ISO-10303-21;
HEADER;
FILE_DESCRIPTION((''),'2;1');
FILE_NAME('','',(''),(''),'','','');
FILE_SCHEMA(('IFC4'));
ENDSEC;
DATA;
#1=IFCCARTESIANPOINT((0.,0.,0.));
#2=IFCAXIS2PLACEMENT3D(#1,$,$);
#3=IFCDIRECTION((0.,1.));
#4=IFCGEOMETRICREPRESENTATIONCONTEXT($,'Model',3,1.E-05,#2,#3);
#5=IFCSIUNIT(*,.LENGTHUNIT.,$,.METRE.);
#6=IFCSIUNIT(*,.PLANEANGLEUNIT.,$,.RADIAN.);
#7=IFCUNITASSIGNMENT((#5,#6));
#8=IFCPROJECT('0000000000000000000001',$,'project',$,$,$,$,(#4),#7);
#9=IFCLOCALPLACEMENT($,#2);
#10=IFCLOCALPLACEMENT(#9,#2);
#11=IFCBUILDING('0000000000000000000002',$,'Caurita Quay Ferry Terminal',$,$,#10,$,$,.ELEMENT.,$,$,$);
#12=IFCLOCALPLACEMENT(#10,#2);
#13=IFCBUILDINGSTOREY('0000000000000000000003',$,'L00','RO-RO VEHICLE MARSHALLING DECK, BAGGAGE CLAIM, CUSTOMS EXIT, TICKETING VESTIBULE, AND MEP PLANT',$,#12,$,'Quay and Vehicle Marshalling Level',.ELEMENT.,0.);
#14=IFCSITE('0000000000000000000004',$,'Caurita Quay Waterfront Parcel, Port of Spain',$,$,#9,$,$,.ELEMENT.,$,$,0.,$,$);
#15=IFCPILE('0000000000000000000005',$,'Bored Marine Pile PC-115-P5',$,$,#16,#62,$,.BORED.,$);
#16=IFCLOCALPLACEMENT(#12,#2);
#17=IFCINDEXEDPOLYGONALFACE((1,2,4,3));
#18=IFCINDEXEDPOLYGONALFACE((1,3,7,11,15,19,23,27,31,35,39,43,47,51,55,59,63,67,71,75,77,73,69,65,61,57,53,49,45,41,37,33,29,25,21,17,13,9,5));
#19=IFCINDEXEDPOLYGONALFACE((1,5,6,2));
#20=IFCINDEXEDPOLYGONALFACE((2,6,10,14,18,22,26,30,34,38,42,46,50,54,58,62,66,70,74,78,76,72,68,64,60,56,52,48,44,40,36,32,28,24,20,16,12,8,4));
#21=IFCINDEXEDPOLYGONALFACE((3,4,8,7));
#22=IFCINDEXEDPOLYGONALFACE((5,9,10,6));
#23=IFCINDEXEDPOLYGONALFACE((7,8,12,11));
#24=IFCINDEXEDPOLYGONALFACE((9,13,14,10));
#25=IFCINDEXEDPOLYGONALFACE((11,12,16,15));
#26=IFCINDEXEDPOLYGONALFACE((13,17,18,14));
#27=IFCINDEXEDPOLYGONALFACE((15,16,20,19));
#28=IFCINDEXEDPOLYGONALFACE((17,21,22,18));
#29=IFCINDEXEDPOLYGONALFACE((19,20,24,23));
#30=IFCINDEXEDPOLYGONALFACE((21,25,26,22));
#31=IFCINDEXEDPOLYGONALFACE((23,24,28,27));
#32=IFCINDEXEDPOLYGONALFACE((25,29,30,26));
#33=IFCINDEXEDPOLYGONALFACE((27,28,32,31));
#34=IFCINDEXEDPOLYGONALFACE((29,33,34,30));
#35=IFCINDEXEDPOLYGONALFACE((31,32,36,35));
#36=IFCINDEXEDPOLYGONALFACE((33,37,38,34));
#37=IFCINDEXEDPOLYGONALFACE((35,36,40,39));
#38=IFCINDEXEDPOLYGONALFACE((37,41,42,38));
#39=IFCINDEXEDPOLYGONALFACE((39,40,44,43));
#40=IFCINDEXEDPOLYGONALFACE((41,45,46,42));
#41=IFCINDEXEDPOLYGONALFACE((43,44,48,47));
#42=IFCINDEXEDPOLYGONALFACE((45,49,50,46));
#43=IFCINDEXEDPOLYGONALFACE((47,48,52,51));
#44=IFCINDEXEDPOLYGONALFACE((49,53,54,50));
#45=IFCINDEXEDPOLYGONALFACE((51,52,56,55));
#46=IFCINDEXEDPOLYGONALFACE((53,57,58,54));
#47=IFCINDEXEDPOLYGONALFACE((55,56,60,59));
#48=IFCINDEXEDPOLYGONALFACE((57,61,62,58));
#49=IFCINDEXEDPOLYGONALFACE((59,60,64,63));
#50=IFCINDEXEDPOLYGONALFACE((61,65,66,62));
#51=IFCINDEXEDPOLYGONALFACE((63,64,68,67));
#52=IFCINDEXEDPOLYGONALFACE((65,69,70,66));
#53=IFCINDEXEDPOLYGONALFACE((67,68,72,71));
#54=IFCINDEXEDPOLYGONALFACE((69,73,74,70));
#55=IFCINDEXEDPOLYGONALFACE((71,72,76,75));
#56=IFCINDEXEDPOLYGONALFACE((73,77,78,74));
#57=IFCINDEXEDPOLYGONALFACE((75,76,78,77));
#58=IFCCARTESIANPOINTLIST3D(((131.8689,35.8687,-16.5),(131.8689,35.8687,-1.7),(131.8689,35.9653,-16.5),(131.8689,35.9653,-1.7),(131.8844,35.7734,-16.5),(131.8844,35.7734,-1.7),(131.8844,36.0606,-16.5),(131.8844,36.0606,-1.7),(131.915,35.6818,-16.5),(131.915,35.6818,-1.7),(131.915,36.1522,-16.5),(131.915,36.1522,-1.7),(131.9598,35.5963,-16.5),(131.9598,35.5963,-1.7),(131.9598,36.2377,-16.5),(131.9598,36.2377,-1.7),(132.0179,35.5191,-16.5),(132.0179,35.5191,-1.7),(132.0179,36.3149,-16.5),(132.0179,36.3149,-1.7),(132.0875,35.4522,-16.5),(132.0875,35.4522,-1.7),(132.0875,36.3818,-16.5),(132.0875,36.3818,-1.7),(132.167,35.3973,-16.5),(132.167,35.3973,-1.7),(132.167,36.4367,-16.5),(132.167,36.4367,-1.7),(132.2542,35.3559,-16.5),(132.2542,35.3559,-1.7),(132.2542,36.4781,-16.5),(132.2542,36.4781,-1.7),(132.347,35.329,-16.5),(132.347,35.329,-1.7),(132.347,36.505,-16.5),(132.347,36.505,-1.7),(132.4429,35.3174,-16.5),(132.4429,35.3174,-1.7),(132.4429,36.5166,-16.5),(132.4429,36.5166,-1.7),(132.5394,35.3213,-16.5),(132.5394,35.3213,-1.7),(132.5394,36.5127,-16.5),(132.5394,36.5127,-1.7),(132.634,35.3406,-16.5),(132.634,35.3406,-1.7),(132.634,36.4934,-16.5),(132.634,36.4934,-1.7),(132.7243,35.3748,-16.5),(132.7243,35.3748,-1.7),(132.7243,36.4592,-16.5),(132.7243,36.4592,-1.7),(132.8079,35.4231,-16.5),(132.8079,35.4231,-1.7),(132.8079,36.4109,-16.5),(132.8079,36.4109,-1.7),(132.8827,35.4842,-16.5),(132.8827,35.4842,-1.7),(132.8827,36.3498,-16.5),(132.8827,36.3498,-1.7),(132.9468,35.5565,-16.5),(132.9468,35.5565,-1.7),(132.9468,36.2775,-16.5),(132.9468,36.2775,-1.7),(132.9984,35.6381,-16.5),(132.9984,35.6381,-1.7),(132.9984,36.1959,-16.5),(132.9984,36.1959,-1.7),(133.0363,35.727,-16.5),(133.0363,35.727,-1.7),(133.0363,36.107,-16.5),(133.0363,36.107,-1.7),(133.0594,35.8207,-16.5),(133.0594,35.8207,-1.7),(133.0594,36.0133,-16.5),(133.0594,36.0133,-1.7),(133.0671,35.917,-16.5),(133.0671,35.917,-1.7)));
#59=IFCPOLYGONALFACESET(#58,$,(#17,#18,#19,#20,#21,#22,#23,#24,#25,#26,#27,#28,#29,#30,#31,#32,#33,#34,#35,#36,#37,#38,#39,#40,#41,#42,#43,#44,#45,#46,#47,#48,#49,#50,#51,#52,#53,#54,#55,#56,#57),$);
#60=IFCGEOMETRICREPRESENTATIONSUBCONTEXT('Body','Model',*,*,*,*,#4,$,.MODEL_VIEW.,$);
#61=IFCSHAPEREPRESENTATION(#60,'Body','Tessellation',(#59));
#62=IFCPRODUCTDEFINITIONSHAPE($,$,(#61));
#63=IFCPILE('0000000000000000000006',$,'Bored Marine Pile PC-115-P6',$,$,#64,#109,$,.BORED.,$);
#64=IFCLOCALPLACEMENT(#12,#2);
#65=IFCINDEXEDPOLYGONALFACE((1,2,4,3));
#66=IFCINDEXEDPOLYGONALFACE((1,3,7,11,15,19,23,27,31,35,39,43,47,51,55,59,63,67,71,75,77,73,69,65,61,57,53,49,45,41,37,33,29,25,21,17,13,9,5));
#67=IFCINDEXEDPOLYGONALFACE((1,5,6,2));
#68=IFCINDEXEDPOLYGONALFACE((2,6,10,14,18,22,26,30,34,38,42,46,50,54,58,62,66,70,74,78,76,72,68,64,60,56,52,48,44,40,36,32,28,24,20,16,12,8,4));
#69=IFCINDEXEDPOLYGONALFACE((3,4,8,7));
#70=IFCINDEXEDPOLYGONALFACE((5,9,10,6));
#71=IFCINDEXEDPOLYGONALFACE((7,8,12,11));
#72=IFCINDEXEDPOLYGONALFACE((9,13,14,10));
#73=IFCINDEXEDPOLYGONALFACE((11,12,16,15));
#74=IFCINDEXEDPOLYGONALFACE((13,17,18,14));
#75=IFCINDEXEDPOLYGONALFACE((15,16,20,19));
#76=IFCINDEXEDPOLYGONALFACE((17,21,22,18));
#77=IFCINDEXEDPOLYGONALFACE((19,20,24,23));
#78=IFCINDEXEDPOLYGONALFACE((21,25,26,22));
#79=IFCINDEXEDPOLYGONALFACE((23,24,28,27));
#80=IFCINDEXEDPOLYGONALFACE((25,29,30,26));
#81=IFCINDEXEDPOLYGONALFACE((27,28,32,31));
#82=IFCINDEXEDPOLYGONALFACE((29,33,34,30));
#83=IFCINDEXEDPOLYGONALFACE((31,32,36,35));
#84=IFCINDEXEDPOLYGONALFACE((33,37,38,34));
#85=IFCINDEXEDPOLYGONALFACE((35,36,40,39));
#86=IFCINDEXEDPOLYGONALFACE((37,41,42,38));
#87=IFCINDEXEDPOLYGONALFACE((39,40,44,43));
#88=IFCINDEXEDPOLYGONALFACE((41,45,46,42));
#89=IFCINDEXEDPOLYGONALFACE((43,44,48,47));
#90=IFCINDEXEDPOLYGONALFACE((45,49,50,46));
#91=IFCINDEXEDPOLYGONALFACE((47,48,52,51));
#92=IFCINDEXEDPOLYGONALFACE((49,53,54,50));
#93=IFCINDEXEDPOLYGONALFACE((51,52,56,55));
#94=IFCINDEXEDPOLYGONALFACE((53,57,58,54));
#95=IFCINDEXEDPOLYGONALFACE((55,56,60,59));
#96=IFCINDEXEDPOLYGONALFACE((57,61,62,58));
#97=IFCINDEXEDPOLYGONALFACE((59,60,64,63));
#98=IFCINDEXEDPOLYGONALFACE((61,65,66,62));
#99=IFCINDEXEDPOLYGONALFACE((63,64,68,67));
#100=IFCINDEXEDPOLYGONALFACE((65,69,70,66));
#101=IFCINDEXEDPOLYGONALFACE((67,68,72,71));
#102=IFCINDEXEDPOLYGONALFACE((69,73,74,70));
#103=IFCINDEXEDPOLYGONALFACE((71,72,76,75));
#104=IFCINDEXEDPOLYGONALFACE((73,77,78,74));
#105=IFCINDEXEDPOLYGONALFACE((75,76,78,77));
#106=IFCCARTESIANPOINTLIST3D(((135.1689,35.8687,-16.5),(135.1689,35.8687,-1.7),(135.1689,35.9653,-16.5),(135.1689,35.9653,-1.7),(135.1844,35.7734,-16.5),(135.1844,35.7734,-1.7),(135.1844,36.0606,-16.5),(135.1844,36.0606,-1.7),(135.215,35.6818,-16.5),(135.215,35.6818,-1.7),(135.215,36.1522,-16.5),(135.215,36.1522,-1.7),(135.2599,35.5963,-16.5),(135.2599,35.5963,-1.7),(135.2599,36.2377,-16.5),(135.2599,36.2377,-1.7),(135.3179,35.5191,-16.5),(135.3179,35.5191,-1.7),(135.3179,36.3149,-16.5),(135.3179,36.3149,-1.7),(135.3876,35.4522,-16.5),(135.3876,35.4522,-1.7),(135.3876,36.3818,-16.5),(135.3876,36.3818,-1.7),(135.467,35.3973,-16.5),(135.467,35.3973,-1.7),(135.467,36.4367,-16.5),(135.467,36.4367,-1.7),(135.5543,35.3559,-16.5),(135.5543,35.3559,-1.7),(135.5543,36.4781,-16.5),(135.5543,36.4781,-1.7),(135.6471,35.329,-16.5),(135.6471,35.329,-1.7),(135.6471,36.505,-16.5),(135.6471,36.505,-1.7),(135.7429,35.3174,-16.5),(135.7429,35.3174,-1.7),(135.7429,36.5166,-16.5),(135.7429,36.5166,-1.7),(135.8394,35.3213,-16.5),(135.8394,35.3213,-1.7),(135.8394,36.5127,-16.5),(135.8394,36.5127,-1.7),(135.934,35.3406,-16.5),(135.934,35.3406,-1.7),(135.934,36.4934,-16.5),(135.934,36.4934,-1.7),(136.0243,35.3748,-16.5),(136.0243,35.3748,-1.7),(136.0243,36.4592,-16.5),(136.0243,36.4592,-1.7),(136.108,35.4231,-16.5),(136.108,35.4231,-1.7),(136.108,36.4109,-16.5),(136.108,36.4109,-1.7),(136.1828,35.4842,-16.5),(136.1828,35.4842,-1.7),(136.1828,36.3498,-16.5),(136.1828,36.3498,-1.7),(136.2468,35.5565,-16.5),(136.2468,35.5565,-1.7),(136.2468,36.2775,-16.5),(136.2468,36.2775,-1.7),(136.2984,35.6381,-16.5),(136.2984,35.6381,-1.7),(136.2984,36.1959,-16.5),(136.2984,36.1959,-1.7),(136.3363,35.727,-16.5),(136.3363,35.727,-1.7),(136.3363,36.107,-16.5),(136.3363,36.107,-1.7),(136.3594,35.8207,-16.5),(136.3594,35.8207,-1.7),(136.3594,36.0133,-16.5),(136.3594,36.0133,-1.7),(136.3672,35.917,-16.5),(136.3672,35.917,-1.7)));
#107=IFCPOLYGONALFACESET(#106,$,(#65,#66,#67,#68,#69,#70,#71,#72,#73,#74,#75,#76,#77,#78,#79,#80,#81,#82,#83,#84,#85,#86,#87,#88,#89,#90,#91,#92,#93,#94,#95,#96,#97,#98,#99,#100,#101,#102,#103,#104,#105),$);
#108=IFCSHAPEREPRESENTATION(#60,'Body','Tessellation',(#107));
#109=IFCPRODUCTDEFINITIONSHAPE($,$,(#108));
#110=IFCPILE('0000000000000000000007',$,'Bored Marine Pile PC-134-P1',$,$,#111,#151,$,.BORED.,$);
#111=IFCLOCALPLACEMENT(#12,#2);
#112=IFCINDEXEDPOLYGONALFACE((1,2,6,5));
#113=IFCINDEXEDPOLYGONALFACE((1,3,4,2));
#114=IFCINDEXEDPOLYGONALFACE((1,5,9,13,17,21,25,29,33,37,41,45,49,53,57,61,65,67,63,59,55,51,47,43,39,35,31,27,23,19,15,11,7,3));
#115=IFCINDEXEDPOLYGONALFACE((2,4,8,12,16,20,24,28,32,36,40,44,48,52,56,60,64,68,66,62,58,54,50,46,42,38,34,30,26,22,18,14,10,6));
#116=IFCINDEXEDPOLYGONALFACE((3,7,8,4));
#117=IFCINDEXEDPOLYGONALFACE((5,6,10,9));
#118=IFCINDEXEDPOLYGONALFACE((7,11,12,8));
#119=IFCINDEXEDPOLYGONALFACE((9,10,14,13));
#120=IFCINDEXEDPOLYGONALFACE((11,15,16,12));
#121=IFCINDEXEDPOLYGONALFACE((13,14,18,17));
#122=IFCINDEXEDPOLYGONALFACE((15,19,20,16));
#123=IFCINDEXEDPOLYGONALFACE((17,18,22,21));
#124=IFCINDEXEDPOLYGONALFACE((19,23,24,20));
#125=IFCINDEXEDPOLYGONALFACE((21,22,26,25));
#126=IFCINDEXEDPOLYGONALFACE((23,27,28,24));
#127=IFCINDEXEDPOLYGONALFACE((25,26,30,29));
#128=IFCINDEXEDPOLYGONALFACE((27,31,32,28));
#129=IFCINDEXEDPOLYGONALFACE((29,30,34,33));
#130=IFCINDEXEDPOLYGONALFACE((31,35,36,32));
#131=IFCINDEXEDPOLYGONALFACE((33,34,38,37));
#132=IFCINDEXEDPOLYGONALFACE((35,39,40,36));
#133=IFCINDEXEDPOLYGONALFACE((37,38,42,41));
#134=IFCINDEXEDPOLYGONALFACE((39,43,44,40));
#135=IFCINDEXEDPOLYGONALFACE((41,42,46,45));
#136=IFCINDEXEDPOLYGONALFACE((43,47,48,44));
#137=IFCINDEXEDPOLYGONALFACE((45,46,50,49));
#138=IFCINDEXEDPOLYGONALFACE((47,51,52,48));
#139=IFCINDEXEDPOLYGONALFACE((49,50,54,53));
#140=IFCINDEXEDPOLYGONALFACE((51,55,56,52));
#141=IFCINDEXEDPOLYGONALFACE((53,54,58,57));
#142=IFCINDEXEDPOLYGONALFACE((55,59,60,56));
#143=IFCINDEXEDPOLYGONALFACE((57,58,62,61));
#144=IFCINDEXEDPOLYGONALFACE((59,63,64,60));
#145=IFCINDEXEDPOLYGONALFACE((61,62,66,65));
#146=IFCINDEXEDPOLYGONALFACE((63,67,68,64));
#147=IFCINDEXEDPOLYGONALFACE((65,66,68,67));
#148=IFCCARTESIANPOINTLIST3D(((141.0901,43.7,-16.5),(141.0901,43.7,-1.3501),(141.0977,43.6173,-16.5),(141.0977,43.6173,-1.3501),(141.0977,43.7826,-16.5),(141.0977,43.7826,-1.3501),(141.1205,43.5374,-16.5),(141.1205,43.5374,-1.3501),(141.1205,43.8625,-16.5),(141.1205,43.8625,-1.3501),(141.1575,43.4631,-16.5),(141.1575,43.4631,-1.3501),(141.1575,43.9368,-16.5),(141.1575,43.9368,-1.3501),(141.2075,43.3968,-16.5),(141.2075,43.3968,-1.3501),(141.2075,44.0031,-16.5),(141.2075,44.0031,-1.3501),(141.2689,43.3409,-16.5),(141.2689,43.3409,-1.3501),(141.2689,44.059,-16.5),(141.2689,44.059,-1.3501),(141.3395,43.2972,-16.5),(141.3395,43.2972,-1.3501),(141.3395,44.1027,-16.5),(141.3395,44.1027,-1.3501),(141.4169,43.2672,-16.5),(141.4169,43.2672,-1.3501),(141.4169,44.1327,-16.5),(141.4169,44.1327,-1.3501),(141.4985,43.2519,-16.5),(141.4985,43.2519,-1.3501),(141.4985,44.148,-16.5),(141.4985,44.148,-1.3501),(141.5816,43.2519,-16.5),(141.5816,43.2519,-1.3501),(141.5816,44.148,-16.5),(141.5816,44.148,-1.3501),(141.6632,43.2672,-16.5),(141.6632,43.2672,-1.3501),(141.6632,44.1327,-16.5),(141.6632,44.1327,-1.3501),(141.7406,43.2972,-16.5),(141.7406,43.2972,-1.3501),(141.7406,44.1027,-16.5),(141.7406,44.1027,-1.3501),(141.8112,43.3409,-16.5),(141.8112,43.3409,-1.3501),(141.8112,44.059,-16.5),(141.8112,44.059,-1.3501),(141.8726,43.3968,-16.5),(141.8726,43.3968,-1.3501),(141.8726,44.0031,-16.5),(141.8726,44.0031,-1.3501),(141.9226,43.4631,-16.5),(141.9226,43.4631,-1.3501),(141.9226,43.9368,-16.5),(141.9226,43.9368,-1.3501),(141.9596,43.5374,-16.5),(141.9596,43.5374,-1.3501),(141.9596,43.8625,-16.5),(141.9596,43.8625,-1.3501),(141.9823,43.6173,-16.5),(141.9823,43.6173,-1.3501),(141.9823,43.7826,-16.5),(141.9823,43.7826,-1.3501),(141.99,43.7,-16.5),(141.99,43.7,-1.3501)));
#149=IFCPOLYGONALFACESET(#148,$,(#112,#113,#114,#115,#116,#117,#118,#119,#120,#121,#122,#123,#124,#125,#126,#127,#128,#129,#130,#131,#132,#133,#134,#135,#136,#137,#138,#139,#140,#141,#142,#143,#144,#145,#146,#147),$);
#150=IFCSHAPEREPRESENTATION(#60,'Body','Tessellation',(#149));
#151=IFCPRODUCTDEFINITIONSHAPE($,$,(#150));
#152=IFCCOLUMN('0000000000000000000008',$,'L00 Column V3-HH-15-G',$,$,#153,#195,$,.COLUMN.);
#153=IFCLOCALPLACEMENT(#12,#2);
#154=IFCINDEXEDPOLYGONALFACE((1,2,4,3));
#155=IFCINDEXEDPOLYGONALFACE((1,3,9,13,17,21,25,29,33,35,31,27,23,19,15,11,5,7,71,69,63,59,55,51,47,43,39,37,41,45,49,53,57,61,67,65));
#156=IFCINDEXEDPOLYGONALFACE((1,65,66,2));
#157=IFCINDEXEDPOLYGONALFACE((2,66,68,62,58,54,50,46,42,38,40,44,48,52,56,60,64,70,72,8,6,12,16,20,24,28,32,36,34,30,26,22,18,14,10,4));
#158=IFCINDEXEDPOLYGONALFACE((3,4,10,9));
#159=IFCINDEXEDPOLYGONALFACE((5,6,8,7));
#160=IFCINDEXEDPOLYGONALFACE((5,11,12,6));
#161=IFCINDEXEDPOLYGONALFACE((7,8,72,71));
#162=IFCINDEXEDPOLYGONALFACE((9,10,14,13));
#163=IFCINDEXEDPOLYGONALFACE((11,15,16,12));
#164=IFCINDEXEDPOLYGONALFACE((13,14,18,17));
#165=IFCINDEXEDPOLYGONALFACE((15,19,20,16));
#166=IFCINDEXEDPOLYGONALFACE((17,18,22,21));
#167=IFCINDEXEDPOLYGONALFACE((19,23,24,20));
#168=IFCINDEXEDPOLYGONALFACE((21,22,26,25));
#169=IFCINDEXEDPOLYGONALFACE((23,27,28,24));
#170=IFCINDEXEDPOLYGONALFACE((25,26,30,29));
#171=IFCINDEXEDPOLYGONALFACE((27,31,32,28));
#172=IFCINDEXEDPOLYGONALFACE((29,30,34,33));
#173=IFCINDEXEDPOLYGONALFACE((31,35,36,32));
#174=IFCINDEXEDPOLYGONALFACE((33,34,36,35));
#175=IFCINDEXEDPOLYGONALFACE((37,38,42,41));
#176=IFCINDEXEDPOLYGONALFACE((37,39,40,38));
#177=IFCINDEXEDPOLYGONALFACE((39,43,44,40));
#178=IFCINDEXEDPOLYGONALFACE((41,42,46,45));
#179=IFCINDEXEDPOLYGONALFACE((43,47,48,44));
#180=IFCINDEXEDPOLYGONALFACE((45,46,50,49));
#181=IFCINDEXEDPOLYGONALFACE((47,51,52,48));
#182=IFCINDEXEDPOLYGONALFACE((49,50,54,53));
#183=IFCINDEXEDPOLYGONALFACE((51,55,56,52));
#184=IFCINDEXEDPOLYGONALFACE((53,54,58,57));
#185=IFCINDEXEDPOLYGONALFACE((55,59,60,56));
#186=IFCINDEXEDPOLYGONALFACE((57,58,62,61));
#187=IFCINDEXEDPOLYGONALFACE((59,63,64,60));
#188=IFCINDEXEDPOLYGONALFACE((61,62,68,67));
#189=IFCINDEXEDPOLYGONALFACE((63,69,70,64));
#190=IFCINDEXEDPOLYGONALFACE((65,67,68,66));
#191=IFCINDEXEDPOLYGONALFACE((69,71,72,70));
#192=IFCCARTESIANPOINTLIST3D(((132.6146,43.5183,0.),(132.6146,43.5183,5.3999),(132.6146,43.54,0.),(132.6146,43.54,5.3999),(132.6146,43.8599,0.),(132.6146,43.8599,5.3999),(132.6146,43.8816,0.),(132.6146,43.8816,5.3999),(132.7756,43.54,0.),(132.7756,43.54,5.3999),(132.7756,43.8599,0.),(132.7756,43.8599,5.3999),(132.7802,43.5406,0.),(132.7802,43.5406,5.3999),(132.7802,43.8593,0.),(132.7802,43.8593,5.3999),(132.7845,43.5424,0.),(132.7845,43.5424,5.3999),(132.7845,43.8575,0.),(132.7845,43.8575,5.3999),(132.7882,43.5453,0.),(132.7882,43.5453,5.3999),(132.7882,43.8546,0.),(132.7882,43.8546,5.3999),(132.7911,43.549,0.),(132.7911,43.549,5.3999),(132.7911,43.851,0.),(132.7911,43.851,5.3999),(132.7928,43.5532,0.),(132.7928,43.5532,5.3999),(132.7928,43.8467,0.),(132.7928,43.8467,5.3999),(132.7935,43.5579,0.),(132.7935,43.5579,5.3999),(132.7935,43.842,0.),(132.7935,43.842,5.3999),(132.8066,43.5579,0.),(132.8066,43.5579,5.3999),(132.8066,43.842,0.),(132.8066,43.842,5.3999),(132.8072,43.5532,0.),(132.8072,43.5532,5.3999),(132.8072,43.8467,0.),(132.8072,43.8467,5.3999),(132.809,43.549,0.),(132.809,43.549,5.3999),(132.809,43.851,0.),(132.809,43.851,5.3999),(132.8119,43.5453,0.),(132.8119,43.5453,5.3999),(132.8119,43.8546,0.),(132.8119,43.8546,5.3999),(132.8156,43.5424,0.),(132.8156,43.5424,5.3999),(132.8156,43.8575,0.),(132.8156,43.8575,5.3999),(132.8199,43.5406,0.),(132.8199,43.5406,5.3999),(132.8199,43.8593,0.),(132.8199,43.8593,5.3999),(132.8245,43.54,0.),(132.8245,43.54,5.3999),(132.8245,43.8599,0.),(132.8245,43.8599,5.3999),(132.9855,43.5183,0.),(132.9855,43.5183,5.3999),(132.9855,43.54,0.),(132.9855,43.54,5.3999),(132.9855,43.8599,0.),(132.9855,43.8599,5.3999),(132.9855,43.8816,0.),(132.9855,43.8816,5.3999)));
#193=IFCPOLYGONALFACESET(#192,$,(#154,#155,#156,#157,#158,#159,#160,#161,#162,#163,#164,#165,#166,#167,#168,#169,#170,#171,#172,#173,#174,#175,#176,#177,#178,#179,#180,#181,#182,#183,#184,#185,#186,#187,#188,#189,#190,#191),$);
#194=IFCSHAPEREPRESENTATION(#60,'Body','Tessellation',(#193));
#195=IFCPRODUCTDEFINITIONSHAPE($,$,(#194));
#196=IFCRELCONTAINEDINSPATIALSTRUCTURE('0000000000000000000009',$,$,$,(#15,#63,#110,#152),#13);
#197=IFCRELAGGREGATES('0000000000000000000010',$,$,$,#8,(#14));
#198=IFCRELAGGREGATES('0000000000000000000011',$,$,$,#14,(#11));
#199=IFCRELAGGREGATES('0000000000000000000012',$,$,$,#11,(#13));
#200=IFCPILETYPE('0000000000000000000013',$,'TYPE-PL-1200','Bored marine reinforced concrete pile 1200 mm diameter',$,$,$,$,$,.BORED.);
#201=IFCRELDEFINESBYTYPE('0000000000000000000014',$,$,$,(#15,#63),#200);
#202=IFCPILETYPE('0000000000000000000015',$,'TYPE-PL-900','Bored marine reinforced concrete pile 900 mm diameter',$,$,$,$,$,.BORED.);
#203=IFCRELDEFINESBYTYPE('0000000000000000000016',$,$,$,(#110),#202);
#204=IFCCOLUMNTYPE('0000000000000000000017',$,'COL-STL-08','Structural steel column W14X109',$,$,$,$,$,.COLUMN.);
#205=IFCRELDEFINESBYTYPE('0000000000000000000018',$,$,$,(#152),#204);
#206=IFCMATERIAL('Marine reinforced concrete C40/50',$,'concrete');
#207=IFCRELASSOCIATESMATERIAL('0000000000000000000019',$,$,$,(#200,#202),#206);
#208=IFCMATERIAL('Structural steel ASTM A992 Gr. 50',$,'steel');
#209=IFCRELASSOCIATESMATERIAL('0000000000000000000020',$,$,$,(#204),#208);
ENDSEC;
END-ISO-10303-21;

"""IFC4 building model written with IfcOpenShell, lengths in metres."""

from ifc_helpers import new_model, si_unit, direction, frame, origin, origin_2d, place, context, subcontext, project, spatial, circle, i_section, extrude, material, material_profile, profile_set, type_object, element, save


model = new_model("IFC4")

# Units and contexts
model_context = context("Model", 3, precision=1e-05, world=origin(), true_north=direction((0.0, 1.0)))
body_context = subcontext(model_context, "Body", "Model", "MODEL_VIEW")
ifc_project = project(units=[si_unit("LENGTHUNIT", "METRE"), si_unit("PLANEANGLEUNIT", "RADIAN")], contexts=[model_context])

# Site, building, storey
site_placement = place(None, origin())
site = spatial("IfcSite", under=ifc_project, at=site_placement, Name="Caurita Quay Waterfront Parcel, Port of Spain", CompositionType="ELEMENT", RefElevation=0.0)
building_placement = place(site_placement, origin())
building = spatial("IfcBuilding", under=site, at=building_placement, Name="Caurita Quay Ferry Terminal", CompositionType="ELEMENT")
storey_placement = place(building_placement, origin())
storey = spatial("IfcBuildingStorey", under=building, at=storey_placement, Name="L00", Description="RO-RO VEHICLE MARSHALLING DECK, BAGGAGE CLAIM, CUSTOMS EXIT, TICKETING VESTIBULE, AND MEP PLANT", LongName="Quay and Vehicle Marshalling Level", CompositionType="ELEMENT", Elevation=0.0)

# Piles
ifc_material_1 = material(Name="Marine reinforced concrete C40/50", Category="concrete")
ifc_material_profile_1 = material_profile(ifc_material_1, circle(Radius=0.6001, at=origin_2d()), Name="PILE-D1200")
ifc_profile_set_1 = profile_set([ifc_material_profile_1], Name="Marine reinforced concrete C40/50")
pile_type_1 = type_object("IfcPileType", Name="TYPE-PL-1200", Description="Bored marine reinforced concrete pile 1200 mm diameter", PredefinedType="BORED", material=ifc_profile_set_1)
for number, where, z_axis, x_axis, name in (
    (1, (132.467, 35.917, -1.7), (0.0, 0.0, -1.0), (1.0, 0.0, 0.0), "Bored Marine Pile PC-115-P5"),
    (2, (135.7671, 35.917, -1.7), (0.0, 0.0, -1.0), (1.0, 0.0, 0.0), "Bored Marine Pile PC-115-P6"),
):
    element("IfcPile", number, at=place(storey_placement, frame(where, z_axis=z_axis, x_axis=x_axis)), inside=storey, type_object=pile_type_1, Name=name, PredefinedType="BORED", context=body_context, shape_type="SweptSolid", body=[
        extrude(circle(Radius=0.6001, at=origin_2d()), origin(), (0.0, 0.0, 1.0), 14.8),
    ])
ifc_material_profile_2 = material_profile(ifc_material_1, circle(Radius=0.45, at=origin_2d()), Name="PILE-D900")
ifc_profile_set_2 = profile_set([ifc_material_profile_2], Name="Marine reinforced concrete C40/50")
pile_type_2 = type_object("IfcPileType", Name="TYPE-PL-900", Description="Bored marine reinforced concrete pile 900 mm diameter", PredefinedType="BORED", material=ifc_profile_set_2)
pile_1_placement = place(storey_placement, frame((141.54, 43.7, -1.3501), z_axis=(0.0, 0.0, -1.0), x_axis=(1.0, 0.0, 0.0)))
element("IfcPile", 3, at=pile_1_placement, inside=storey, type_object=pile_type_2, Name="Bored Marine Pile PC-134-P1", PredefinedType="BORED", context=body_context, shape_type="SweptSolid", body=[
    extrude(circle(Radius=0.45, at=origin_2d()), origin(), (0.0, 0.0, 1.0), 15.1499),
])

# Column
ifc_material_2 = material(Name="Structural steel ASTM A992 Gr. 50", Category="steel")
ifc_material_profile_3 = material_profile(ifc_material_2, i_section(OverallWidth=0.3708, OverallDepth=0.3633, WebThickness=0.0132, FlangeThickness=0.0217, FilletRadius=0.0178, at=origin_2d()), Name="W14X109")
ifc_profile_set_3 = profile_set([ifc_material_profile_3], Name="Structural steel ASTM A992 Gr. 50")
column_type = type_object("IfcColumnType", Name="COL-STL-08", Description="Structural steel column W14X109", PredefinedType="COLUMN", material=ifc_profile_set_3)
for number, where, z_axis, x_axis, name in (
    (4, (132.8, 43.7, 0.0), (0.0, 0.0, 1.0), (1.0, 0.0, 0.0), "L00 Column V3-HH-15-G"),
):
    element("IfcColumn", number, at=place(storey_placement, frame(where, z_axis=z_axis, x_axis=x_axis)), inside=storey, type_object=column_type, Name=name, PredefinedType="COLUMN", context=body_context, shape_type="SweptSolid", body=[
        extrude(i_section(OverallWidth=0.3708, OverallDepth=0.3633, WebThickness=0.0132, FlangeThickness=0.0217, FilletRadius=0.0178, at=origin_2d()), origin(), (0.0, 0.0, 1.0), 5.3999),
    ])

save(model, "model.ifc")
